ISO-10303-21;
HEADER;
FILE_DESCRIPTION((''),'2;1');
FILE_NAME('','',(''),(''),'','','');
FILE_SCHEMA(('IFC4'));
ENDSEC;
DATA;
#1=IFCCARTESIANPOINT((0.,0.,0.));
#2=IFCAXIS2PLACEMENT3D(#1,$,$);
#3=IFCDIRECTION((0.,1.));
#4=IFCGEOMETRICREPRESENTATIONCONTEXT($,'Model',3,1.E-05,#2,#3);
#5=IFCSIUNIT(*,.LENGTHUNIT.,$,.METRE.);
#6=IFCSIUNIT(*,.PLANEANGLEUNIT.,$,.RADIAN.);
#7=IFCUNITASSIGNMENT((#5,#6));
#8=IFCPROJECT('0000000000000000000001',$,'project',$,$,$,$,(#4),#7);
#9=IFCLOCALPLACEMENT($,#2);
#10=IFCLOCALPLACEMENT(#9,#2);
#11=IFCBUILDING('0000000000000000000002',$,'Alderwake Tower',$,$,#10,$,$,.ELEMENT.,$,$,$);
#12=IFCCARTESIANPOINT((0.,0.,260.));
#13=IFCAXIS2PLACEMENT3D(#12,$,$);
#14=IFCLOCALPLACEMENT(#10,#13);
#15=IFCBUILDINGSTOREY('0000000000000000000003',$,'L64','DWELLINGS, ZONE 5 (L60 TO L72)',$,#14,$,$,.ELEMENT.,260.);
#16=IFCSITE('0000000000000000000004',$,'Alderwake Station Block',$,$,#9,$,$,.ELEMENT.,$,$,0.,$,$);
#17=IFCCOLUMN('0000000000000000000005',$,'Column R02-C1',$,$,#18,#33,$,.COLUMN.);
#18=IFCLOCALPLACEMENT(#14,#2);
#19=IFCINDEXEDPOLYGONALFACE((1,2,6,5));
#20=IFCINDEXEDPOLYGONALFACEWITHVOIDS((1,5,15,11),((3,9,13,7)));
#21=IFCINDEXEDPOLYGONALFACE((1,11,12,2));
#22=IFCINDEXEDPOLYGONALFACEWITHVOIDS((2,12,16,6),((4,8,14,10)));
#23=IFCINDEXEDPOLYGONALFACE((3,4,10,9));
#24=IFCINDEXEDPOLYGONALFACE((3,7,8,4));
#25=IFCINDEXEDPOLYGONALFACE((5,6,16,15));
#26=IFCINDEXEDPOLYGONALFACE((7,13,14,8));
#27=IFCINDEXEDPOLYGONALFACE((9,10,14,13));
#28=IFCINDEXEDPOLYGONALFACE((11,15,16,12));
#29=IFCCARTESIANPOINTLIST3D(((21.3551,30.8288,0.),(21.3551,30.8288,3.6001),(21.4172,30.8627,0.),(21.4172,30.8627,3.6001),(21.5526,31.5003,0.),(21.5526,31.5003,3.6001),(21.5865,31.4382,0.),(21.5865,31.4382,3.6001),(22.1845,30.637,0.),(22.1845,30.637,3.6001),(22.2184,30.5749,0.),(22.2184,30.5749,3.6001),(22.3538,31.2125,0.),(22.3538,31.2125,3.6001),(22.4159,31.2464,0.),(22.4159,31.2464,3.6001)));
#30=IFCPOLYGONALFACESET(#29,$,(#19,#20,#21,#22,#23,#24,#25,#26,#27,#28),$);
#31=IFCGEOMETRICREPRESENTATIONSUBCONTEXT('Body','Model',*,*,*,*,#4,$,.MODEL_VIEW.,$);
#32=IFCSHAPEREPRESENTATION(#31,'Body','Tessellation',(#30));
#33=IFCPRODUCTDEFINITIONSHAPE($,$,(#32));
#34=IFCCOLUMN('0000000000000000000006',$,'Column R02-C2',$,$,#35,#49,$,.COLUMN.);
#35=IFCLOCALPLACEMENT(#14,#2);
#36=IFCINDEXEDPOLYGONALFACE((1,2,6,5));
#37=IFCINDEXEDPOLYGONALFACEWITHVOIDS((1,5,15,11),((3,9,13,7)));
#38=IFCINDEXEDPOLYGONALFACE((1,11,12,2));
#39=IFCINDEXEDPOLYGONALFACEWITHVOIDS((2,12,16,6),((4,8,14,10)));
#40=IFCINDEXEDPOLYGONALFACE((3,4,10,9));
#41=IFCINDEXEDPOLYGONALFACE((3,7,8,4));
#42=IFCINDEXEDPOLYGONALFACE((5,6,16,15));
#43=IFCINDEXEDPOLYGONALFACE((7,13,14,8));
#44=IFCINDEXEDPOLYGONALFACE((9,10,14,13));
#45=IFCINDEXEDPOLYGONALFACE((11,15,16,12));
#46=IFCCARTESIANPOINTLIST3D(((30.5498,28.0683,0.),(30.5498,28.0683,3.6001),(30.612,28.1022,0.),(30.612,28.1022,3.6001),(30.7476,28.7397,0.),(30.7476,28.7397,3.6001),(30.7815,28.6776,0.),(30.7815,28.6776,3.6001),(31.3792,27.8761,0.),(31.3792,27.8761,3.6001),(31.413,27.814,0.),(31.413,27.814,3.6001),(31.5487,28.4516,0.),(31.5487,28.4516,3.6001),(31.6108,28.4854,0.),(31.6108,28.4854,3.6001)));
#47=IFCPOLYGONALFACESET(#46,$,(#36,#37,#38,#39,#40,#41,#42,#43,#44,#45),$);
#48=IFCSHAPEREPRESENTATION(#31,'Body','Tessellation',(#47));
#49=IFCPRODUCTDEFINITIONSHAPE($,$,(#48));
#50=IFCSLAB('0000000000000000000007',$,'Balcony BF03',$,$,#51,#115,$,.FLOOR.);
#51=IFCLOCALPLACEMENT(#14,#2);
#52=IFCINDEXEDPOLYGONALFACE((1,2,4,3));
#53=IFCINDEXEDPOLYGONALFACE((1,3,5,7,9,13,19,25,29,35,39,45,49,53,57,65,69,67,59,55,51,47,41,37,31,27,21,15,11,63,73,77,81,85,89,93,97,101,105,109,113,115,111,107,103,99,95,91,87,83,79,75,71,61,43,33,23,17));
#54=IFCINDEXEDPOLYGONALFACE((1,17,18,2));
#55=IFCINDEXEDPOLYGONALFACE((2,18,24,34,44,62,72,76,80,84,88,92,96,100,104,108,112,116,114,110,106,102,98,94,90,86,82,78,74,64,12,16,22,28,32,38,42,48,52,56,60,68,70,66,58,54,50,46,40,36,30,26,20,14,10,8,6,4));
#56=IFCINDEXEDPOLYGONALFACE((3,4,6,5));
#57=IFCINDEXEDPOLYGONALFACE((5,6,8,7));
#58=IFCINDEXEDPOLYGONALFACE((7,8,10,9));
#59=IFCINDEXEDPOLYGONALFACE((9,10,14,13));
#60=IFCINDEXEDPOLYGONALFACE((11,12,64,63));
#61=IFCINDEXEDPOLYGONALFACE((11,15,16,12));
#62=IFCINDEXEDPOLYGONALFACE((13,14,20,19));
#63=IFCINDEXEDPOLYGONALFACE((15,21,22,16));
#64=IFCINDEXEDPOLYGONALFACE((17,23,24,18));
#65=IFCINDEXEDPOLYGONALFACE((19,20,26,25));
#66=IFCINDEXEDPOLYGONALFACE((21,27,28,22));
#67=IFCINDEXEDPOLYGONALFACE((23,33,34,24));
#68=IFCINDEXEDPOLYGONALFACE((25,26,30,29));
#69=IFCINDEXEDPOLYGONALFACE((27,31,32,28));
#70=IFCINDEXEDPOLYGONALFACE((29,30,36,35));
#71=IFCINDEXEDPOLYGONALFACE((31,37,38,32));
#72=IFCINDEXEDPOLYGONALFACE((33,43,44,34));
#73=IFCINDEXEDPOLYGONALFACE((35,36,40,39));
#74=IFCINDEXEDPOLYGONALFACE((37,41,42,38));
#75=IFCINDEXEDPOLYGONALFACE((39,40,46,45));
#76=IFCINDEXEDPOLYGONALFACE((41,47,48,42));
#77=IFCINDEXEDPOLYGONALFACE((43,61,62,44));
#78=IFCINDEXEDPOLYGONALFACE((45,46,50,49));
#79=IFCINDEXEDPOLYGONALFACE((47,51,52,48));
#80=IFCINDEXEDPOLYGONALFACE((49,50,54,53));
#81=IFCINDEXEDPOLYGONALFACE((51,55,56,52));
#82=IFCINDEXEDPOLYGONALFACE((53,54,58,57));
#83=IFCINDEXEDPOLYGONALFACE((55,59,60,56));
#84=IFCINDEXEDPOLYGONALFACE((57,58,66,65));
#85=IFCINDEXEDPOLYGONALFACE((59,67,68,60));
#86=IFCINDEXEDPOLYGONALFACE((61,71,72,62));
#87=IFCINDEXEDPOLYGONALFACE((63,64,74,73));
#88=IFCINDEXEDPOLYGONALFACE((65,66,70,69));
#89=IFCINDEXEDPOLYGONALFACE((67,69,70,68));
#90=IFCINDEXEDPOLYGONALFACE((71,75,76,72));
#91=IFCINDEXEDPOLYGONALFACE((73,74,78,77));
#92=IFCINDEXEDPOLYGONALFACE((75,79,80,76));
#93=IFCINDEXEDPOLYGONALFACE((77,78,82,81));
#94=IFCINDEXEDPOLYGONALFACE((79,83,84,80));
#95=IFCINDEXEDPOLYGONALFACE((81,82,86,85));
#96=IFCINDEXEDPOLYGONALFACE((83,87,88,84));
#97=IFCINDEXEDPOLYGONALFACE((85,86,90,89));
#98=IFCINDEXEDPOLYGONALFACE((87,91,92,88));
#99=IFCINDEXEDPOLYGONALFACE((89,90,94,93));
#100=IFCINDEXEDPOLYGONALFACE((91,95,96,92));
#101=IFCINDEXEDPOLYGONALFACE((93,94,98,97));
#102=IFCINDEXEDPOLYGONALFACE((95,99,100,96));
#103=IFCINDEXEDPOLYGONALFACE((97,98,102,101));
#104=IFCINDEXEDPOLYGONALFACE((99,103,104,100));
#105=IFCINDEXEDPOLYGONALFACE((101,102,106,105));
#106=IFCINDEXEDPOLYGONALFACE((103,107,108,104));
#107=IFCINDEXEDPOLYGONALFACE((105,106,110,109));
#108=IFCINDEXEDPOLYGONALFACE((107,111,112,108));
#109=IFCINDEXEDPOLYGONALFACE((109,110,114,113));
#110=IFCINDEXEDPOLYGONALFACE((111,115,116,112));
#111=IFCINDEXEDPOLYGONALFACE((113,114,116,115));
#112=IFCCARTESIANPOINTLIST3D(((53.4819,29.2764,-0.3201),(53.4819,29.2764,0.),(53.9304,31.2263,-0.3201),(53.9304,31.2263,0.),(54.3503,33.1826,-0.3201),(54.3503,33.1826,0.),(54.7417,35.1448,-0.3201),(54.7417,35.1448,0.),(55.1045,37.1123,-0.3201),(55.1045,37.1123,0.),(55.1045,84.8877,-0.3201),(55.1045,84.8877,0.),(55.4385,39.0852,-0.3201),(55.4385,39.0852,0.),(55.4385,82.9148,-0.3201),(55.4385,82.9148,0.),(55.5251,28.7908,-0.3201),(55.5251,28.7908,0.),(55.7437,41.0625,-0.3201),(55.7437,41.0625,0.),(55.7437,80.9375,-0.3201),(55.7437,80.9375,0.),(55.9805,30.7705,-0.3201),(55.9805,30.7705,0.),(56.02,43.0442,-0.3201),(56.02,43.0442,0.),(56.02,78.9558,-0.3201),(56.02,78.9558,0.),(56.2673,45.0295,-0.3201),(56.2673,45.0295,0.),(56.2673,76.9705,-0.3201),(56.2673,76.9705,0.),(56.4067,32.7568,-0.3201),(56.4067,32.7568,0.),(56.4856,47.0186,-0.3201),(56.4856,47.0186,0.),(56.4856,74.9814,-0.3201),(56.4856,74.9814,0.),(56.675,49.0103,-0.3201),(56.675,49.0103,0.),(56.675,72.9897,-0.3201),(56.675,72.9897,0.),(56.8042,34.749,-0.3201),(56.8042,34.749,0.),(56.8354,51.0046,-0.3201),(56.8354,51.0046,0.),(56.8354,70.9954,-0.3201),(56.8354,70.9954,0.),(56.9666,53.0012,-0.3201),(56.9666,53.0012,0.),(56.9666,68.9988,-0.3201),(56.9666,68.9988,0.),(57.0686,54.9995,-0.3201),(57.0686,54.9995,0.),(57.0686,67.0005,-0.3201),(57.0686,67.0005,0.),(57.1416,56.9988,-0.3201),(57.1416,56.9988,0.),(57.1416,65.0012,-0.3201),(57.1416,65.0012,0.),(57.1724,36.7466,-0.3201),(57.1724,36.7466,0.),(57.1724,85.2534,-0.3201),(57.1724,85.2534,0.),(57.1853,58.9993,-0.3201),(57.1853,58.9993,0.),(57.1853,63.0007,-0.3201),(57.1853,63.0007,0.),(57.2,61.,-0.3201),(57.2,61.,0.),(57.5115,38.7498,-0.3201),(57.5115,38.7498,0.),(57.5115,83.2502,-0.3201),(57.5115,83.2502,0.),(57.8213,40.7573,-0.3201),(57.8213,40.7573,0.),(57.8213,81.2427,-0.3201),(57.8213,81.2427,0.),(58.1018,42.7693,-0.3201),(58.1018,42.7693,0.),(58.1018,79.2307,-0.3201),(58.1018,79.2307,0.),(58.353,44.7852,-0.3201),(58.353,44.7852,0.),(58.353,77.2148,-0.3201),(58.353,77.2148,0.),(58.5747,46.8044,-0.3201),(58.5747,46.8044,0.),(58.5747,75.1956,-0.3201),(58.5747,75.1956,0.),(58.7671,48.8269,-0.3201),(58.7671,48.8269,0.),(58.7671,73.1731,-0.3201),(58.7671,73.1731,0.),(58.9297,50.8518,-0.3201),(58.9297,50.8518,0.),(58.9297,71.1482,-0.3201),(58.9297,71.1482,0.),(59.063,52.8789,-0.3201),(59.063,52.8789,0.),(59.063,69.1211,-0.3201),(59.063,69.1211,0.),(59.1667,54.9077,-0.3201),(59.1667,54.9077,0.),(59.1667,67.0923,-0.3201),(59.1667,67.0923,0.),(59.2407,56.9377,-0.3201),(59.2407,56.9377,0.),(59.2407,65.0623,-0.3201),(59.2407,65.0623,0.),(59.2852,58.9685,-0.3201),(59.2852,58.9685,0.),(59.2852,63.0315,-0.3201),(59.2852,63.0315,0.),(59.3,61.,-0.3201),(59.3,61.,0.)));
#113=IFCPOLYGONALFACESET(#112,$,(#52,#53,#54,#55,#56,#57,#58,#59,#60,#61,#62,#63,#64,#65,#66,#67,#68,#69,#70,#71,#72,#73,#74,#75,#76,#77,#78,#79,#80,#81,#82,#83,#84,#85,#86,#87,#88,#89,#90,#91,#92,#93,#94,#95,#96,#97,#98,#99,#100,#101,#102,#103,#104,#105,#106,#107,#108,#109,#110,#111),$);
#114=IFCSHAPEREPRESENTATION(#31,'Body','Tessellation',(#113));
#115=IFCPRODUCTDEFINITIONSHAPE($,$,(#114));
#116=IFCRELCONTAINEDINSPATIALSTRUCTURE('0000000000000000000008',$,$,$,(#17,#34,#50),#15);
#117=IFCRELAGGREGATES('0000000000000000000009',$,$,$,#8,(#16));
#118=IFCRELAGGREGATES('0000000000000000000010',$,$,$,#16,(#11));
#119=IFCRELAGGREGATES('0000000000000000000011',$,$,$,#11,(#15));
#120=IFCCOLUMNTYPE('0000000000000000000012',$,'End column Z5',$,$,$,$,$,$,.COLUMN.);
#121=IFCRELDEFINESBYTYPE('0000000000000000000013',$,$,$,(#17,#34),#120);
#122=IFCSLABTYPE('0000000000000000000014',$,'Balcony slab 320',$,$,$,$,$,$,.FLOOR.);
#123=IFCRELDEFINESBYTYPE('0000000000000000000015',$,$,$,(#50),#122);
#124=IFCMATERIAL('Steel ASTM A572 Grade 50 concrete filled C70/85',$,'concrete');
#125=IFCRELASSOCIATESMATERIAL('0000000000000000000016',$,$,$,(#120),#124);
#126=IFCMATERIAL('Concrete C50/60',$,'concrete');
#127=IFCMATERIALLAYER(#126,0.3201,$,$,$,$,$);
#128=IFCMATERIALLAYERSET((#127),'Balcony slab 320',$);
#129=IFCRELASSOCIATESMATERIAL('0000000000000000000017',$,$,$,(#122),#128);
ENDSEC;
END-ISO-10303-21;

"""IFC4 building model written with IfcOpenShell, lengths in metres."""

from ifc_helpers import new_model, si_unit, direction, frame, origin, origin_2d, place, context, subcontext, project, spatial, polyline, hollow_rectangle, outline, extrude, material, layer, layer_set, material_profile, profile_set, type_object, element, save


model = new_model("IFC4")

# Units and contexts
model_context = context("Model", 3, precision=1e-05, world=origin(), true_north=direction((0.0, 1.0)))
body_context = subcontext(model_context, "Body", "Model", "MODEL_VIEW")
ifc_project = project(units=[si_unit("LENGTHUNIT", "METRE"), si_unit("PLANEANGLEUNIT", "RADIAN")], contexts=[model_context])

# Site, building, storey
site_placement = place(None, origin())
site = spatial("IfcSite", under=ifc_project, at=site_placement, Name="Alderwake Station Block", CompositionType="ELEMENT", RefElevation=0.0)
building_placement = place(site_placement, origin())
building = spatial("IfcBuilding", under=site, at=building_placement, Name="Alderwake Tower", CompositionType="ELEMENT")
storey_placement = place(building_placement, frame((0.0, 0.0, 260.0)))
storey = spatial("IfcBuildingStorey", under=building, at=storey_placement, Name="L64", Description="DWELLINGS, ZONE 5 (L60 TO L72)", CompositionType="ELEMENT", Elevation=260.0)

# Columns
ifc_material_1 = material(Name="Steel ASTM A572 Grade 50 concrete filled C70/85", Category="concrete")
ifc_material_profile = material_profile(ifc_material_1, hollow_rectangle(XDim=0.7, YDim=0.8999, WallThickness=0.05, at=origin_2d()), Name="BOX 900X700X50")
ifc_profile_set = profile_set([ifc_material_profile], Name="Steel ASTM A572 Grade 50 concrete filled C70/85")
column_type = type_object("IfcColumnType", Name="End column Z5", PredefinedType="COLUMN", material=ifc_profile_set)
for number, where, z_axis, x_axis, name in (
    (1, (21.8855, 31.0376, 0.0), (0.0, 0.0, 1.0), (0.282132, 0.959376, 0.0), "Column R02-C1"),
    (2, (31.0803, 28.2769, 0.0), (0.0, 0.0, 1.0), (0.282583, 0.959243, 0.0), "Column R02-C2"),
):
    element("IfcColumn", number, at=place(storey_placement, frame(where, z_axis=z_axis, x_axis=x_axis)), inside=storey, type_object=column_type, Name=name, PredefinedType="COLUMN", context=body_context, shape_type="SweptSolid", body=[
        extrude(hollow_rectangle(XDim=0.7, YDim=0.8999, WallThickness=0.05, at=origin_2d()), origin(), (0.0, 0.0, 1.0), 3.6001),
    ])

# Slab
ifc_material_2 = material(Name="Concrete C50/60", Category="concrete")
ifc_layer_1 = layer(ifc_material_2, 0.3201)
ifc_layer_set_1 = layer_set([ifc_layer_1], Name="Balcony slab 320")
slab_type_1 = type_object("IfcSlabType", Name="Balcony slab 320", PredefinedType="FLOOR", material=ifc_layer_set_1)
slab_1_placement = place(storey_placement, frame((0.0, 0.0, -0.3201)))
element("IfcSlab", 3, at=slab_1_placement, inside=storey, type_object=slab_type_1, Name="Balcony BF03", PredefinedType="FLOOR", context=body_context, shape_type="SweptSolid", body=[
    extrude(outline(polyline([(55.9805, 30.7705), (56.4067, 32.7568), (56.8042, 34.749), (57.1724, 36.7466), (57.5115, 38.7498), (57.8213, 40.7573), (58.1018, 42.7693), (58.353, 44.7852), (58.5747, 46.8044), (58.7671, 48.8269), (58.9297, 50.8518), (59.063, 52.8789), (59.1667, 54.9077), (59.2407, 56.9377), (59.2852, 58.9685), (59.3, 61.0), (59.2852, 63.0315), (59.2407, 65.0623), (59.1667, 67.0923), (59.063, 69.1211), (58.9297, 71.1482), (58.7671, 73.1731), (58.5747, 75.1956), (58.353, 77.2148), (58.1018, 79.2307), (57.8213, 81.2427), (57.5115, 83.2502), (57.1724, 85.2534), (55.1045, 84.8877), (55.4385, 82.9148), (55.7437, 80.9375), (56.02, 78.9558), (56.2673, 76.9705), (56.4856, 74.9814), (56.675, 72.9897), (56.8354, 70.9954), (56.9666, 68.9988), (57.0686, 67.0005), (57.1416, 65.0012), (57.1853, 63.0007), (57.2, 61.0), (57.1853, 58.9993), (57.1416, 56.9988), (57.0686, 54.9995), (56.9666, 53.0012), (56.8354, 51.0046), (56.675, 49.0103), (56.4856, 47.0186), (56.2673, 45.0295), (56.02, 43.0442), (55.7437, 41.0625), (55.4385, 39.0852), (55.1045, 37.1123), (54.7417, 35.1448), (54.3503, 33.1826), (53.9304, 31.2263), (53.4819, 29.2764), (55.5251, 28.7908), (55.9805, 30.7705)])), origin(), (0.0, 0.0, 1.0), 0.3201),
])

save(model, "model.ifc")
